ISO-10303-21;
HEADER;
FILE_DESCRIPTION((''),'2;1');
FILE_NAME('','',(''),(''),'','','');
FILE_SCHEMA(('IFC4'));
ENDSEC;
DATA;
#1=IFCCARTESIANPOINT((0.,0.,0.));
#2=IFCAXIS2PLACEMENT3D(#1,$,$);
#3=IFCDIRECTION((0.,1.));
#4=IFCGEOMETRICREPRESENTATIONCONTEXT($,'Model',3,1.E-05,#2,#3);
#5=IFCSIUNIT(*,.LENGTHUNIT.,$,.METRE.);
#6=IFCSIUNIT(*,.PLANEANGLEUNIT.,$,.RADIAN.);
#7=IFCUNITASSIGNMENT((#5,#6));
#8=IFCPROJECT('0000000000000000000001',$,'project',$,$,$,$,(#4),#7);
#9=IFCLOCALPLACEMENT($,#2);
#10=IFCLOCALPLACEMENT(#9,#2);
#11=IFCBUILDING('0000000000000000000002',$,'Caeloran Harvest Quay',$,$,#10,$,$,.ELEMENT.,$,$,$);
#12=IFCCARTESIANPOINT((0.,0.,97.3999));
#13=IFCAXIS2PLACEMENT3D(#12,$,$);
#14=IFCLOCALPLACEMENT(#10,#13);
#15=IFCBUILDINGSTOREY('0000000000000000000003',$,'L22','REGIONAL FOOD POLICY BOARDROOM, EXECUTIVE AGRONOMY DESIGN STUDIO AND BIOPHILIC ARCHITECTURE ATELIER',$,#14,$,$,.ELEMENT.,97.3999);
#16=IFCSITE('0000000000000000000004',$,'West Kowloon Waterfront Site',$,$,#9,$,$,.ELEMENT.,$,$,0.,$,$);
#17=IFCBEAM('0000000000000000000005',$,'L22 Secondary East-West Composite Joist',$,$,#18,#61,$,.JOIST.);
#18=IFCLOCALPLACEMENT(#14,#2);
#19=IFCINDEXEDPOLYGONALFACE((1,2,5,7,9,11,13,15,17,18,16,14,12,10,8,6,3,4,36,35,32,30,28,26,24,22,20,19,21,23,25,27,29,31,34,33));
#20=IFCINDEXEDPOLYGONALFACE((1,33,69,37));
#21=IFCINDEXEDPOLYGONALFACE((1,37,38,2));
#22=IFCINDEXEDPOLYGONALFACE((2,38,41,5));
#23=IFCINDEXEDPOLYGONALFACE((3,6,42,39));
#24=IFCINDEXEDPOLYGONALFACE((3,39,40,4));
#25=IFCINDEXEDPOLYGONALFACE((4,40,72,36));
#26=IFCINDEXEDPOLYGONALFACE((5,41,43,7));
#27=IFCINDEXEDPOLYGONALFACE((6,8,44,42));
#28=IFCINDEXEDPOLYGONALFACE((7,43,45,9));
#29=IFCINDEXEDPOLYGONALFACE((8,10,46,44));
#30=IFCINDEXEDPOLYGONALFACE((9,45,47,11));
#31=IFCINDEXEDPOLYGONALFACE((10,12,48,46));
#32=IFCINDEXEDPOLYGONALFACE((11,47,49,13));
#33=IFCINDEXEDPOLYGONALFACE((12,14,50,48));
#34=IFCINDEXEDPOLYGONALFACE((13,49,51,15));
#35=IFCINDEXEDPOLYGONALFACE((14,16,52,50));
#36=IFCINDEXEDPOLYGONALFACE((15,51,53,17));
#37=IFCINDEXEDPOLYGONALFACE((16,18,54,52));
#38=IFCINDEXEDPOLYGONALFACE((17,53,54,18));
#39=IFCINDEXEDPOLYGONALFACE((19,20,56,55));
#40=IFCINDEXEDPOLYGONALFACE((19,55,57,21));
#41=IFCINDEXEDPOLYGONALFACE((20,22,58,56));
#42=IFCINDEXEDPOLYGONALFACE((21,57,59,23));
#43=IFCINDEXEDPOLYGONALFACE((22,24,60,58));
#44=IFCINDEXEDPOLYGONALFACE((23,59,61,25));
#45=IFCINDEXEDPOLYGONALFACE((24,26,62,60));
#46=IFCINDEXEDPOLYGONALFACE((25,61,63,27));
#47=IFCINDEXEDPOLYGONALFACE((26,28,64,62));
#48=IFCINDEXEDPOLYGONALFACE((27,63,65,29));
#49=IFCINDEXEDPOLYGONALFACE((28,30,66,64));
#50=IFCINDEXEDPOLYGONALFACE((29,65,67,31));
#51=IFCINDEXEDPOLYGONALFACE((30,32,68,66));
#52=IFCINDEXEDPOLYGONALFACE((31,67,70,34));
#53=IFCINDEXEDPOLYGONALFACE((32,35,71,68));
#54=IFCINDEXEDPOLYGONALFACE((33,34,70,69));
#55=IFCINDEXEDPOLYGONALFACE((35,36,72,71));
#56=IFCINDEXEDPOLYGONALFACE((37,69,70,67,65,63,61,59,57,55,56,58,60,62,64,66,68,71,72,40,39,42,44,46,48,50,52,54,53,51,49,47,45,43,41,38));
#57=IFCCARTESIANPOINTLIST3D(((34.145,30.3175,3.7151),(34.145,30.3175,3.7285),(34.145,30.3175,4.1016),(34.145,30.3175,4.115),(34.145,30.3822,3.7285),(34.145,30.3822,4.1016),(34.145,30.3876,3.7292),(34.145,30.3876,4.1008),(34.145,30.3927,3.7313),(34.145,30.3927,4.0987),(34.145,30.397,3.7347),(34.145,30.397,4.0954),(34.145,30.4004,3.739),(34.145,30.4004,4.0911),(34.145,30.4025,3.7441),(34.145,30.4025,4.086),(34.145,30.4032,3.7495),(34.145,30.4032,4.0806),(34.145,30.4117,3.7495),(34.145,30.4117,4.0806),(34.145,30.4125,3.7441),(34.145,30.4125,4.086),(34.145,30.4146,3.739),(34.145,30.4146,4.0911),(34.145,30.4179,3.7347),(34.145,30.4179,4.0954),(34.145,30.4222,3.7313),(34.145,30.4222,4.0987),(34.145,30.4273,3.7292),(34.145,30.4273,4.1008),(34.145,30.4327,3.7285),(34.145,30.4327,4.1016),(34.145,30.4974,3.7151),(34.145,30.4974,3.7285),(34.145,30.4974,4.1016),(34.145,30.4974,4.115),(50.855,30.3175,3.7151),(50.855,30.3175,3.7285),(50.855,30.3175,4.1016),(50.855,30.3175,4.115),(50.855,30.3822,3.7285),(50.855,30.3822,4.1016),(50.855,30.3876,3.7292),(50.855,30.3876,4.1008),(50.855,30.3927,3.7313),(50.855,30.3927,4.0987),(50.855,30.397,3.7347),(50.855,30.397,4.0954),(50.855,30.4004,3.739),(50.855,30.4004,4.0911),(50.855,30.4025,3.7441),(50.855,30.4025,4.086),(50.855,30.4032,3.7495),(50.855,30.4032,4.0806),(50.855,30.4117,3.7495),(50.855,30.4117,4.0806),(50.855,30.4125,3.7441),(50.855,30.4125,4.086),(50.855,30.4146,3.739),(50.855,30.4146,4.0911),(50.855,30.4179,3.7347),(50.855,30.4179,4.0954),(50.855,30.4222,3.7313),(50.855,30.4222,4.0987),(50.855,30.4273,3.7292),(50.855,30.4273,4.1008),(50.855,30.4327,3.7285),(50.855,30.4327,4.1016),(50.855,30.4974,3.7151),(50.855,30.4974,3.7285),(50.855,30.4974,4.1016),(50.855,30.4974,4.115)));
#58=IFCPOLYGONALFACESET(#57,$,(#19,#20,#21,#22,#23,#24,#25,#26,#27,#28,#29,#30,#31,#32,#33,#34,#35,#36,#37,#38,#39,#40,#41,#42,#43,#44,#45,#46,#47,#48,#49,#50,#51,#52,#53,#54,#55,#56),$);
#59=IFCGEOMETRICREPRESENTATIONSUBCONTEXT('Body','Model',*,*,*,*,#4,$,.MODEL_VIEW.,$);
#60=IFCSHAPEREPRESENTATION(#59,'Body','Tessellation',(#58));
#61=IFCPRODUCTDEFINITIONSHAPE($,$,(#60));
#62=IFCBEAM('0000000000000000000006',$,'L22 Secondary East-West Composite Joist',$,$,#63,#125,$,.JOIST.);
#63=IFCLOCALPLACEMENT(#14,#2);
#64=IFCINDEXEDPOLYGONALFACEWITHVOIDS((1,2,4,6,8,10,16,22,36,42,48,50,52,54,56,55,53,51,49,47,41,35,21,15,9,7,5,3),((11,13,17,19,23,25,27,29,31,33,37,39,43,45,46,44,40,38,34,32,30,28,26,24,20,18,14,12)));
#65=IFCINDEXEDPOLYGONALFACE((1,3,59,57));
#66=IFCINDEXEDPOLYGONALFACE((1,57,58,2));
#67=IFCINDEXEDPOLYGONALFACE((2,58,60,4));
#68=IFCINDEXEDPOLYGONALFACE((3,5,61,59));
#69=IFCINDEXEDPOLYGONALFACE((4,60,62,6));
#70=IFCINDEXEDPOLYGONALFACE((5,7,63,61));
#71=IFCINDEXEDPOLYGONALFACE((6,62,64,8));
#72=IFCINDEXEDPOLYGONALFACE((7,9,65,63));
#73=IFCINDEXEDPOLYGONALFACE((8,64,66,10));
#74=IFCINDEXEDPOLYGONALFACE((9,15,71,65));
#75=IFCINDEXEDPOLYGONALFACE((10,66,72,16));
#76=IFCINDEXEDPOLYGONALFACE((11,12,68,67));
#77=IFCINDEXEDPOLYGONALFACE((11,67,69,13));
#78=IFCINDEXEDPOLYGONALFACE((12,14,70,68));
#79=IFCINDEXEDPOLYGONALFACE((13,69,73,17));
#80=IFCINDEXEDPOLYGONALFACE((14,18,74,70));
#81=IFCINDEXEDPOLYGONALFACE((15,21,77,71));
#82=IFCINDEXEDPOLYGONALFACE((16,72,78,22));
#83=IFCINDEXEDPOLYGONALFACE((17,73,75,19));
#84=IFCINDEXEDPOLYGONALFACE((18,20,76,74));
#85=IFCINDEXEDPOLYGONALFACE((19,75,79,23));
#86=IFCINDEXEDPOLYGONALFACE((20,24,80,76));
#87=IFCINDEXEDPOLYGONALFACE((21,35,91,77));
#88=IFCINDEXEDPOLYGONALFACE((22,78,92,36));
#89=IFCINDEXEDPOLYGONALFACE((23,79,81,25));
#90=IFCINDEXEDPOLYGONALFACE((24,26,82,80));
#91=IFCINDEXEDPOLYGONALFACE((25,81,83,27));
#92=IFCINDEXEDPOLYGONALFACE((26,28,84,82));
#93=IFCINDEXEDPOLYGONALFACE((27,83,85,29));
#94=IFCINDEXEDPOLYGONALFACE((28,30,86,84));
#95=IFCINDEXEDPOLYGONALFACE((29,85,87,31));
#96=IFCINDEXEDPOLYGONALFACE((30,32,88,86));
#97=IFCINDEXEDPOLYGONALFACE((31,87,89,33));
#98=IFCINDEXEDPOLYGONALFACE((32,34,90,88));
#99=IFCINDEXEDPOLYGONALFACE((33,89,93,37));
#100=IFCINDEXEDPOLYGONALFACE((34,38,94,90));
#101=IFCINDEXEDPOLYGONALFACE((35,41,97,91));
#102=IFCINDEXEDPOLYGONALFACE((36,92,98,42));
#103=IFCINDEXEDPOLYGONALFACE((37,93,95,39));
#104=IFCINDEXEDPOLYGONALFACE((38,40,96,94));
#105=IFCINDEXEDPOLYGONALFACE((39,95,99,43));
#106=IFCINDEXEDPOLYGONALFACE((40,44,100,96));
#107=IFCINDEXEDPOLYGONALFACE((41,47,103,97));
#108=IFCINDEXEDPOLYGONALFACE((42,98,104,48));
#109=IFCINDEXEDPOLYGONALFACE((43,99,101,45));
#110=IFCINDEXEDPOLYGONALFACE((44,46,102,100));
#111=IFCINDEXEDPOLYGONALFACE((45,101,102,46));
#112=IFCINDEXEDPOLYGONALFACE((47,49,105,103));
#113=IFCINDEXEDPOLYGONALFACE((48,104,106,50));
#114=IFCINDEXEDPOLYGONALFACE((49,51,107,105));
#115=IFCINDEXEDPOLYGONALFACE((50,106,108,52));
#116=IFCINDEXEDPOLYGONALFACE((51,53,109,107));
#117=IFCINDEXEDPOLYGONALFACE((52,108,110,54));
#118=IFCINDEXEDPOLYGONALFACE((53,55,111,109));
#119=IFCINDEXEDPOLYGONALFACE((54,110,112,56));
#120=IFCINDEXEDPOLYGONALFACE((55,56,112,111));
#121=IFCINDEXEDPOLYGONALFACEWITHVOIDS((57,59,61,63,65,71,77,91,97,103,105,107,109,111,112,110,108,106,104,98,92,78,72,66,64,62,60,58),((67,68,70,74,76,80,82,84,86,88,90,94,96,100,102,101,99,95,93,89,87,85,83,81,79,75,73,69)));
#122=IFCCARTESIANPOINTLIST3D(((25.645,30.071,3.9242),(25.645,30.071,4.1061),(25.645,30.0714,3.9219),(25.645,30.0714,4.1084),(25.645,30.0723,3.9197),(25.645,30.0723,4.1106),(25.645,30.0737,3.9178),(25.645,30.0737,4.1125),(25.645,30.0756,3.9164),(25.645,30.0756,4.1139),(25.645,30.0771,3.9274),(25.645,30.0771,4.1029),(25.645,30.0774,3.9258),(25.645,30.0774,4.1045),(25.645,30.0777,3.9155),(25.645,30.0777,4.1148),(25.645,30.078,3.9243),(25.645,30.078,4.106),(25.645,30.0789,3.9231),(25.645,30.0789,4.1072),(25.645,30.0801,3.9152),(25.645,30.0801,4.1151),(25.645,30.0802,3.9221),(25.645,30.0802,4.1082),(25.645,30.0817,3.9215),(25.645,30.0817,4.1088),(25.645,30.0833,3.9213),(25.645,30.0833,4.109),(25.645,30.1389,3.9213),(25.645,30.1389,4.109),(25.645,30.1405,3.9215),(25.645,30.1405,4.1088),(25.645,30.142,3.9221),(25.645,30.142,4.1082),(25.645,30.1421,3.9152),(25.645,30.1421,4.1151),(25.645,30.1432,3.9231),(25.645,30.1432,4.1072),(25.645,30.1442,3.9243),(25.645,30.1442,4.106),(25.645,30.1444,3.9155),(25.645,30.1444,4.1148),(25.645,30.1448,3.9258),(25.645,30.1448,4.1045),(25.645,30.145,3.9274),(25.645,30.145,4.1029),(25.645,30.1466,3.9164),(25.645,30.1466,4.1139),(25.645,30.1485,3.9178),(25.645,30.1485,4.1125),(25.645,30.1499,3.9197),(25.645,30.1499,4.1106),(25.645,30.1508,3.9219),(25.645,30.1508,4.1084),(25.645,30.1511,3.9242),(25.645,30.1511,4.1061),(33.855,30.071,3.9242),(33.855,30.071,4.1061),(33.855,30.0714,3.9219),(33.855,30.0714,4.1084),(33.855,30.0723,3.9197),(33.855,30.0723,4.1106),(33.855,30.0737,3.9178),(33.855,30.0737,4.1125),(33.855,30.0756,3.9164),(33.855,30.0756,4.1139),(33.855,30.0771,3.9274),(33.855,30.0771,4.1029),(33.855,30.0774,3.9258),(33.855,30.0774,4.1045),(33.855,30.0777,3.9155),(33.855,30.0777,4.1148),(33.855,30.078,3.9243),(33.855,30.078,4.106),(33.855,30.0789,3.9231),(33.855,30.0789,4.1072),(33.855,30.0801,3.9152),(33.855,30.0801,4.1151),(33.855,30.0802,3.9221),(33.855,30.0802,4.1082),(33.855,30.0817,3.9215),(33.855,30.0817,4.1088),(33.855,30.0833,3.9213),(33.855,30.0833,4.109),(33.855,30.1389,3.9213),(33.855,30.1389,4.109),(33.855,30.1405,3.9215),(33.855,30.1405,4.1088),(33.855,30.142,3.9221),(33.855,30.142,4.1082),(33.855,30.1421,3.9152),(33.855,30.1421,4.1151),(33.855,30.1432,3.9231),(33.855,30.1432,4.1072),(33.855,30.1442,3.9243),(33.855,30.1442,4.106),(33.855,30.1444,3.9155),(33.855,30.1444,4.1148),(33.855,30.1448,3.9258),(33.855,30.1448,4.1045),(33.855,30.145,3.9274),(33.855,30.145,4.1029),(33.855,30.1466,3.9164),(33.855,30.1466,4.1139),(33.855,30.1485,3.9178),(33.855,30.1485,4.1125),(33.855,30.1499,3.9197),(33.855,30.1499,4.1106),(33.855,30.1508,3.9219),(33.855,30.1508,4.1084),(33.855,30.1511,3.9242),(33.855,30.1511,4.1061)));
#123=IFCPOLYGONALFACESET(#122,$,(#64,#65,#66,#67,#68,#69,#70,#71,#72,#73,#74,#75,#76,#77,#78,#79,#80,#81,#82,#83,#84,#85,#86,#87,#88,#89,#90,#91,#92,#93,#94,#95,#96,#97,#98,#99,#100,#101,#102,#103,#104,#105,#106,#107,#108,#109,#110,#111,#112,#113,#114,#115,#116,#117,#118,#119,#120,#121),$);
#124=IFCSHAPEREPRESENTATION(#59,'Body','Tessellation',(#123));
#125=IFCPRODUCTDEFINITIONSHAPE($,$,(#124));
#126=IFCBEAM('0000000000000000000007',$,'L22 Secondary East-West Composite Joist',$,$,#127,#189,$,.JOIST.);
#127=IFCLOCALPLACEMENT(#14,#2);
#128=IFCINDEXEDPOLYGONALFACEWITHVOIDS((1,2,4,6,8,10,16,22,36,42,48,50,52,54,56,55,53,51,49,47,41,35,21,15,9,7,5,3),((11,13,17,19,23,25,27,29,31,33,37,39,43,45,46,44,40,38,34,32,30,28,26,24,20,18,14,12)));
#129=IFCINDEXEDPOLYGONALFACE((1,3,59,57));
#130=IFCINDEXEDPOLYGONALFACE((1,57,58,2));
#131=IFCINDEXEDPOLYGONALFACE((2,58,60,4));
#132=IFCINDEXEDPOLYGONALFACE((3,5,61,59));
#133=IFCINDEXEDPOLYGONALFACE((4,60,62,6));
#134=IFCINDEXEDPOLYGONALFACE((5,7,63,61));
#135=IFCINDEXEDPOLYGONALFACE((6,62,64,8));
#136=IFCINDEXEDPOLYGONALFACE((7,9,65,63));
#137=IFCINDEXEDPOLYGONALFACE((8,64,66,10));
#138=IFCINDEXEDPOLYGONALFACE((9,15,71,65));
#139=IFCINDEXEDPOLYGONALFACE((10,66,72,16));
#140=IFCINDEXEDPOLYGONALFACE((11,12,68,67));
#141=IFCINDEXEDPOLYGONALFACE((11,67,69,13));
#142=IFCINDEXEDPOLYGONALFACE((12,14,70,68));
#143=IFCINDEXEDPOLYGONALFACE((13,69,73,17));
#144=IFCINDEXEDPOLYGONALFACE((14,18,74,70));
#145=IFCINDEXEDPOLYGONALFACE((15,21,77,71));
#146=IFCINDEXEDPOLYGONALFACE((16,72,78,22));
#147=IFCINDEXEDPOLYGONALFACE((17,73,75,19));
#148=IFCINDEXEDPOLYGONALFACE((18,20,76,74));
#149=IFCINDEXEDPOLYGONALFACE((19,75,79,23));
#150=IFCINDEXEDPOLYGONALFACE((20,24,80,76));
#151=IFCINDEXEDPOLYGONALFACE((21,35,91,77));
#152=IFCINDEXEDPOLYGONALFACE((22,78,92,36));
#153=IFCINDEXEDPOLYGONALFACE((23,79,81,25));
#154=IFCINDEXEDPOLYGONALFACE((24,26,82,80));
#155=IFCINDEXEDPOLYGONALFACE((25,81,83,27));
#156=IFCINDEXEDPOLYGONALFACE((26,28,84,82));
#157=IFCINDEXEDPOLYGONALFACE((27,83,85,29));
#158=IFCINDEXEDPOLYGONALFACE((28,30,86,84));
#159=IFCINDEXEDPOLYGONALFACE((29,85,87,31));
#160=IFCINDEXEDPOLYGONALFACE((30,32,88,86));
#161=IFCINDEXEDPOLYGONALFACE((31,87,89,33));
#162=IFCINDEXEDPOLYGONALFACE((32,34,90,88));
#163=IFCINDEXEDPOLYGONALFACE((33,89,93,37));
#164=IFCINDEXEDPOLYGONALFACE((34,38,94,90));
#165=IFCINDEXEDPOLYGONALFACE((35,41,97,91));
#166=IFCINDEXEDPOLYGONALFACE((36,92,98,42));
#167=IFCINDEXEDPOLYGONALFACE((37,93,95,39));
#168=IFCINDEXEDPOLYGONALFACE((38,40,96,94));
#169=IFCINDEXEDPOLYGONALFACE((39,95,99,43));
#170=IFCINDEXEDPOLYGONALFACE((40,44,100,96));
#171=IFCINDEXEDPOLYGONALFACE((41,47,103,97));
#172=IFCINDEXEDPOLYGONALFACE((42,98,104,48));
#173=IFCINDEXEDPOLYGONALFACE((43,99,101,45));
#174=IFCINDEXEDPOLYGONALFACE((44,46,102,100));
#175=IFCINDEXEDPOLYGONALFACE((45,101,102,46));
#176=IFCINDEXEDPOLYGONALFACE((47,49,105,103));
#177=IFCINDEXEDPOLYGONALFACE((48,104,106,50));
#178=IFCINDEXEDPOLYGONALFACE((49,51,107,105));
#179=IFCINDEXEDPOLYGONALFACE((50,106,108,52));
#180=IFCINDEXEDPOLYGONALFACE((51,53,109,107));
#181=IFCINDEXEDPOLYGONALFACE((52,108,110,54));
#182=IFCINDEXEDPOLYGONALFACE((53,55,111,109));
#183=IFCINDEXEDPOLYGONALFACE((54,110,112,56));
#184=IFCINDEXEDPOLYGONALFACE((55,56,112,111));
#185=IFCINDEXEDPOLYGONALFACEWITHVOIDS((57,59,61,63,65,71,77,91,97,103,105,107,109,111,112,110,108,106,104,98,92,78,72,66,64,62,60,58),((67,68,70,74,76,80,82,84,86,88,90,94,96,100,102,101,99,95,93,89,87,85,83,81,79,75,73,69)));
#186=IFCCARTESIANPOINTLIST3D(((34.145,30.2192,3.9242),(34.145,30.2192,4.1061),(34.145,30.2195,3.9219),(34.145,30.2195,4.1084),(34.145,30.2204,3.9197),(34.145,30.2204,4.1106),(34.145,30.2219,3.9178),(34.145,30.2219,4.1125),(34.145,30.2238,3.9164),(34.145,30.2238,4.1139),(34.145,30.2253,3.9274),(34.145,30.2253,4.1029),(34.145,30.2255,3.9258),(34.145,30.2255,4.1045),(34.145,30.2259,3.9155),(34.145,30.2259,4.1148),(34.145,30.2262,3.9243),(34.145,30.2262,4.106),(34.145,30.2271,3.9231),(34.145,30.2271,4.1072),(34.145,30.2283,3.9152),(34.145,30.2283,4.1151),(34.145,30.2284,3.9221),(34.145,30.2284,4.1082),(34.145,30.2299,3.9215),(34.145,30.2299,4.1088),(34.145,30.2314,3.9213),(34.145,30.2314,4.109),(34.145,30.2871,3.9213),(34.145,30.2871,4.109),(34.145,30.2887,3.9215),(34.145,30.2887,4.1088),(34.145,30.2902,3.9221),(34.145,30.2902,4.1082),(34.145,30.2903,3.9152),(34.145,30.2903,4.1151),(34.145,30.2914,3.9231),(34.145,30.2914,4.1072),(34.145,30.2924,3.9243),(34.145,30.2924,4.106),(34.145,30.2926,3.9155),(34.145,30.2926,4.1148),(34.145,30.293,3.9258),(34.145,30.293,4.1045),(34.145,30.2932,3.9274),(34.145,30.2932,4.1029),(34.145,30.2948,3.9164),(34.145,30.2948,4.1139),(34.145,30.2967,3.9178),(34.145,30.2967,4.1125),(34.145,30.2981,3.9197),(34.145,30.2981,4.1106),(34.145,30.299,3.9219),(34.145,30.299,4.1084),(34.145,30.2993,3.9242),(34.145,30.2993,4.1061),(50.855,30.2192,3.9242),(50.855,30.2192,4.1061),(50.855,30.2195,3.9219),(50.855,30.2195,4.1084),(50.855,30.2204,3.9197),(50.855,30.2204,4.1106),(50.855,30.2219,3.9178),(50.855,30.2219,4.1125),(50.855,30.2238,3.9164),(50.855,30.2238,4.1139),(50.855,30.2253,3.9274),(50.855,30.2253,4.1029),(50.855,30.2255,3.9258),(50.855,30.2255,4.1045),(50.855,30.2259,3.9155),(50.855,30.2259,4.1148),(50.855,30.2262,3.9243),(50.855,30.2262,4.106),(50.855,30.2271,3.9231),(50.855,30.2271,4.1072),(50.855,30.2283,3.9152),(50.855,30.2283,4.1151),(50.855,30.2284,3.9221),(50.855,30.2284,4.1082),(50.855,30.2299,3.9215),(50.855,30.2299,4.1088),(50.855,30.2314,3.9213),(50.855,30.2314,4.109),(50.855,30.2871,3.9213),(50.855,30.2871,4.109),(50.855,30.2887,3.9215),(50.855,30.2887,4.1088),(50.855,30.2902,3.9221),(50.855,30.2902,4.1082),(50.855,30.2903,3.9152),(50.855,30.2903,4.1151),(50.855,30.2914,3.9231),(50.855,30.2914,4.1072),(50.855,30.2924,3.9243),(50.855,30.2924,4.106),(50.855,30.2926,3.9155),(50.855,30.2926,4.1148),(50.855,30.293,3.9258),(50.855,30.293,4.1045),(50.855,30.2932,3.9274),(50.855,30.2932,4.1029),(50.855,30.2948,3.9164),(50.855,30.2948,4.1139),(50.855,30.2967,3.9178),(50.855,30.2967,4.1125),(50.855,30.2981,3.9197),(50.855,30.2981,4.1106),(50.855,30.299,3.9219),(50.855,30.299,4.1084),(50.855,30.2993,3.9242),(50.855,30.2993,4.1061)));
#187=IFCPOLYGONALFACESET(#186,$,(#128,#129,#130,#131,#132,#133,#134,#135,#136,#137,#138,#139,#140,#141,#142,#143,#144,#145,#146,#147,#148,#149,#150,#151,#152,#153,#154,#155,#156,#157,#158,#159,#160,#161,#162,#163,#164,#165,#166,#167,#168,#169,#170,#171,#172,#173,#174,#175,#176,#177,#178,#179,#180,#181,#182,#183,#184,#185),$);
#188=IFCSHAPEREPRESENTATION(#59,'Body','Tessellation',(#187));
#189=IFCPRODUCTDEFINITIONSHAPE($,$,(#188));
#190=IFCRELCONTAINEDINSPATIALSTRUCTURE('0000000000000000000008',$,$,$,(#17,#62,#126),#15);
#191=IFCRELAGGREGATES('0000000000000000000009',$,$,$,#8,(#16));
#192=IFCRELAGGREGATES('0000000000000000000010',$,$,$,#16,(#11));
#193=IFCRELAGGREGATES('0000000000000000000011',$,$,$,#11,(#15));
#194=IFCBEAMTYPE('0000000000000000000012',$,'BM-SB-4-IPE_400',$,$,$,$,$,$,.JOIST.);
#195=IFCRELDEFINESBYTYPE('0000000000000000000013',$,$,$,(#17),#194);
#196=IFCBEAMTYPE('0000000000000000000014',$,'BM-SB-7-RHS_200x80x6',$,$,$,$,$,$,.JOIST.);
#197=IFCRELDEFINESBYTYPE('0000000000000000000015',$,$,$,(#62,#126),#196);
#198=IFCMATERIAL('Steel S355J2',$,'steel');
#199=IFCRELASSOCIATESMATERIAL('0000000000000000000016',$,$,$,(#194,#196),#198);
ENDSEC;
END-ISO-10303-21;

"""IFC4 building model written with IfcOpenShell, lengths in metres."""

from ifc_helpers import new_model, si_unit, direction, frame, origin, origin_2d, place, context, subcontext, project, spatial, hollow_rectangle, i_section, extrude, material, material_profile, profile_set, type_object, element, save


model = new_model("IFC4")

# Units and contexts
model_context = context("Model", 3, precision=1e-05, world=origin(), true_north=direction((0.0, 1.0)))
body_context = subcontext(model_context, "Body", "Model", "MODEL_VIEW")
ifc_project = project(units=[si_unit("LENGTHUNIT", "METRE"), si_unit("PLANEANGLEUNIT", "RADIAN")], contexts=[model_context])

# Site, building, storey
site_placement = place(None, origin())
site = spatial("IfcSite", under=ifc_project, at=site_placement, Name="West Kowloon Waterfront Site", CompositionType="ELEMENT", RefElevation=0.0)
building_placement = place(site_placement, origin())
building = spatial("IfcBuilding", under=site, at=building_placement, Name="Caeloran Harvest Quay", CompositionType="ELEMENT")
storey_placement = place(building_placement, frame((0.0, 0.0, 97.3999)))
storey = spatial("IfcBuildingStorey", under=building, at=storey_placement, Name="L22", Description="REGIONAL FOOD POLICY BOARDROOM, EXECUTIVE AGRONOMY DESIGN STUDIO AND BIOPHILIC ARCHITECTURE ATELIER", CompositionType="ELEMENT", Elevation=97.3999)

# Beams
ifc_material_1 = material(Name="Steel S355J2", Category="steel")
ifc_material_profile_1 = material_profile(ifc_material_1, i_section(OverallWidth=0.1799, OverallDepth=0.3999, WebThickness=0.0085, FlangeThickness=0.0134, FilletRadius=0.021, at=origin_2d()), Name="IPE 400")
ifc_profile_set_1 = profile_set([ifc_material_profile_1], Name="Steel S355J2")
beam_type_1 = type_object("IfcBeamType", Name="BM-SB-4-IPE_400", PredefinedType="JOIST", material=ifc_profile_set_1)
for number, where, z_axis, x_axis, name in (
    (1, (34.145, 30.4075, 3.915), (1.0, 0.0, 0.0), (0.0, 1.0, 0.0), "L22 Secondary East-West Composite Joist"),
):
    element("IfcBeam", number, at=place(storey_placement, frame(where, z_axis=z_axis, x_axis=x_axis)), inside=storey, type_object=beam_type_1, Name=name, PredefinedType="JOIST", context=body_context, shape_type="SweptSolid", body=[
        extrude(i_section(OverallWidth=0.1799, OverallDepth=0.3999, WebThickness=0.0085, FlangeThickness=0.0134, FilletRadius=0.021, at=origin_2d()), origin(), (0.0, 0.0, 1.0), 16.71),
    ])
ifc_material_profile_2 = material_profile(ifc_material_1, hollow_rectangle(XDim=0.0801, YDim=0.2, WallThickness=0.0061, InnerFilletRadius=0.0061, OuterFilletRadius=0.009, at=origin_2d()), Name="RHS 200x80x6")
ifc_profile_set_2 = profile_set([ifc_material_profile_2], Name="Steel S355J2")
beam_type_2 = type_object("IfcBeamType", Name="BM-SB-7-RHS_200x80x6", PredefinedType="JOIST", material=ifc_profile_set_2)
beam_1_placement = place(storey_placement, frame((25.645, 30.1111, 4.0151), z_axis=(1.0, 0.0, 0.0), x_axis=(0.0, 1.0, 0.0)))
element("IfcBeam", 2, at=beam_1_placement, inside=storey, type_object=beam_type_2, Name="L22 Secondary East-West Composite Joist", PredefinedType="JOIST", context=body_context, shape_type="SweptSolid", body=[
    extrude(hollow_rectangle(XDim=0.0801, YDim=0.2, WallThickness=0.0061, InnerFilletRadius=0.0061, OuterFilletRadius=0.009, at=origin_2d()), origin(), (0.0, 0.0, 1.0), 8.21),
])
beam_2_placement = place(storey_placement, frame((34.145, 30.2593, 4.0151), z_axis=(1.0, 0.0, 0.0), x_axis=(0.0, 1.0, 0.0)))
element("IfcBeam", 3, at=beam_2_placement, inside=storey, type_object=beam_type_2, Name="L22 Secondary East-West Composite Joist", PredefinedType="JOIST", context=body_context, shape_type="SweptSolid", body=[
    extrude(hollow_rectangle(XDim=0.0801, YDim=0.2, WallThickness=0.0061, InnerFilletRadius=0.0061, OuterFilletRadius=0.009, at=origin_2d()), origin(), (0.0, 0.0, 1.0), 16.71),
])

save(model, "model.ifc")
